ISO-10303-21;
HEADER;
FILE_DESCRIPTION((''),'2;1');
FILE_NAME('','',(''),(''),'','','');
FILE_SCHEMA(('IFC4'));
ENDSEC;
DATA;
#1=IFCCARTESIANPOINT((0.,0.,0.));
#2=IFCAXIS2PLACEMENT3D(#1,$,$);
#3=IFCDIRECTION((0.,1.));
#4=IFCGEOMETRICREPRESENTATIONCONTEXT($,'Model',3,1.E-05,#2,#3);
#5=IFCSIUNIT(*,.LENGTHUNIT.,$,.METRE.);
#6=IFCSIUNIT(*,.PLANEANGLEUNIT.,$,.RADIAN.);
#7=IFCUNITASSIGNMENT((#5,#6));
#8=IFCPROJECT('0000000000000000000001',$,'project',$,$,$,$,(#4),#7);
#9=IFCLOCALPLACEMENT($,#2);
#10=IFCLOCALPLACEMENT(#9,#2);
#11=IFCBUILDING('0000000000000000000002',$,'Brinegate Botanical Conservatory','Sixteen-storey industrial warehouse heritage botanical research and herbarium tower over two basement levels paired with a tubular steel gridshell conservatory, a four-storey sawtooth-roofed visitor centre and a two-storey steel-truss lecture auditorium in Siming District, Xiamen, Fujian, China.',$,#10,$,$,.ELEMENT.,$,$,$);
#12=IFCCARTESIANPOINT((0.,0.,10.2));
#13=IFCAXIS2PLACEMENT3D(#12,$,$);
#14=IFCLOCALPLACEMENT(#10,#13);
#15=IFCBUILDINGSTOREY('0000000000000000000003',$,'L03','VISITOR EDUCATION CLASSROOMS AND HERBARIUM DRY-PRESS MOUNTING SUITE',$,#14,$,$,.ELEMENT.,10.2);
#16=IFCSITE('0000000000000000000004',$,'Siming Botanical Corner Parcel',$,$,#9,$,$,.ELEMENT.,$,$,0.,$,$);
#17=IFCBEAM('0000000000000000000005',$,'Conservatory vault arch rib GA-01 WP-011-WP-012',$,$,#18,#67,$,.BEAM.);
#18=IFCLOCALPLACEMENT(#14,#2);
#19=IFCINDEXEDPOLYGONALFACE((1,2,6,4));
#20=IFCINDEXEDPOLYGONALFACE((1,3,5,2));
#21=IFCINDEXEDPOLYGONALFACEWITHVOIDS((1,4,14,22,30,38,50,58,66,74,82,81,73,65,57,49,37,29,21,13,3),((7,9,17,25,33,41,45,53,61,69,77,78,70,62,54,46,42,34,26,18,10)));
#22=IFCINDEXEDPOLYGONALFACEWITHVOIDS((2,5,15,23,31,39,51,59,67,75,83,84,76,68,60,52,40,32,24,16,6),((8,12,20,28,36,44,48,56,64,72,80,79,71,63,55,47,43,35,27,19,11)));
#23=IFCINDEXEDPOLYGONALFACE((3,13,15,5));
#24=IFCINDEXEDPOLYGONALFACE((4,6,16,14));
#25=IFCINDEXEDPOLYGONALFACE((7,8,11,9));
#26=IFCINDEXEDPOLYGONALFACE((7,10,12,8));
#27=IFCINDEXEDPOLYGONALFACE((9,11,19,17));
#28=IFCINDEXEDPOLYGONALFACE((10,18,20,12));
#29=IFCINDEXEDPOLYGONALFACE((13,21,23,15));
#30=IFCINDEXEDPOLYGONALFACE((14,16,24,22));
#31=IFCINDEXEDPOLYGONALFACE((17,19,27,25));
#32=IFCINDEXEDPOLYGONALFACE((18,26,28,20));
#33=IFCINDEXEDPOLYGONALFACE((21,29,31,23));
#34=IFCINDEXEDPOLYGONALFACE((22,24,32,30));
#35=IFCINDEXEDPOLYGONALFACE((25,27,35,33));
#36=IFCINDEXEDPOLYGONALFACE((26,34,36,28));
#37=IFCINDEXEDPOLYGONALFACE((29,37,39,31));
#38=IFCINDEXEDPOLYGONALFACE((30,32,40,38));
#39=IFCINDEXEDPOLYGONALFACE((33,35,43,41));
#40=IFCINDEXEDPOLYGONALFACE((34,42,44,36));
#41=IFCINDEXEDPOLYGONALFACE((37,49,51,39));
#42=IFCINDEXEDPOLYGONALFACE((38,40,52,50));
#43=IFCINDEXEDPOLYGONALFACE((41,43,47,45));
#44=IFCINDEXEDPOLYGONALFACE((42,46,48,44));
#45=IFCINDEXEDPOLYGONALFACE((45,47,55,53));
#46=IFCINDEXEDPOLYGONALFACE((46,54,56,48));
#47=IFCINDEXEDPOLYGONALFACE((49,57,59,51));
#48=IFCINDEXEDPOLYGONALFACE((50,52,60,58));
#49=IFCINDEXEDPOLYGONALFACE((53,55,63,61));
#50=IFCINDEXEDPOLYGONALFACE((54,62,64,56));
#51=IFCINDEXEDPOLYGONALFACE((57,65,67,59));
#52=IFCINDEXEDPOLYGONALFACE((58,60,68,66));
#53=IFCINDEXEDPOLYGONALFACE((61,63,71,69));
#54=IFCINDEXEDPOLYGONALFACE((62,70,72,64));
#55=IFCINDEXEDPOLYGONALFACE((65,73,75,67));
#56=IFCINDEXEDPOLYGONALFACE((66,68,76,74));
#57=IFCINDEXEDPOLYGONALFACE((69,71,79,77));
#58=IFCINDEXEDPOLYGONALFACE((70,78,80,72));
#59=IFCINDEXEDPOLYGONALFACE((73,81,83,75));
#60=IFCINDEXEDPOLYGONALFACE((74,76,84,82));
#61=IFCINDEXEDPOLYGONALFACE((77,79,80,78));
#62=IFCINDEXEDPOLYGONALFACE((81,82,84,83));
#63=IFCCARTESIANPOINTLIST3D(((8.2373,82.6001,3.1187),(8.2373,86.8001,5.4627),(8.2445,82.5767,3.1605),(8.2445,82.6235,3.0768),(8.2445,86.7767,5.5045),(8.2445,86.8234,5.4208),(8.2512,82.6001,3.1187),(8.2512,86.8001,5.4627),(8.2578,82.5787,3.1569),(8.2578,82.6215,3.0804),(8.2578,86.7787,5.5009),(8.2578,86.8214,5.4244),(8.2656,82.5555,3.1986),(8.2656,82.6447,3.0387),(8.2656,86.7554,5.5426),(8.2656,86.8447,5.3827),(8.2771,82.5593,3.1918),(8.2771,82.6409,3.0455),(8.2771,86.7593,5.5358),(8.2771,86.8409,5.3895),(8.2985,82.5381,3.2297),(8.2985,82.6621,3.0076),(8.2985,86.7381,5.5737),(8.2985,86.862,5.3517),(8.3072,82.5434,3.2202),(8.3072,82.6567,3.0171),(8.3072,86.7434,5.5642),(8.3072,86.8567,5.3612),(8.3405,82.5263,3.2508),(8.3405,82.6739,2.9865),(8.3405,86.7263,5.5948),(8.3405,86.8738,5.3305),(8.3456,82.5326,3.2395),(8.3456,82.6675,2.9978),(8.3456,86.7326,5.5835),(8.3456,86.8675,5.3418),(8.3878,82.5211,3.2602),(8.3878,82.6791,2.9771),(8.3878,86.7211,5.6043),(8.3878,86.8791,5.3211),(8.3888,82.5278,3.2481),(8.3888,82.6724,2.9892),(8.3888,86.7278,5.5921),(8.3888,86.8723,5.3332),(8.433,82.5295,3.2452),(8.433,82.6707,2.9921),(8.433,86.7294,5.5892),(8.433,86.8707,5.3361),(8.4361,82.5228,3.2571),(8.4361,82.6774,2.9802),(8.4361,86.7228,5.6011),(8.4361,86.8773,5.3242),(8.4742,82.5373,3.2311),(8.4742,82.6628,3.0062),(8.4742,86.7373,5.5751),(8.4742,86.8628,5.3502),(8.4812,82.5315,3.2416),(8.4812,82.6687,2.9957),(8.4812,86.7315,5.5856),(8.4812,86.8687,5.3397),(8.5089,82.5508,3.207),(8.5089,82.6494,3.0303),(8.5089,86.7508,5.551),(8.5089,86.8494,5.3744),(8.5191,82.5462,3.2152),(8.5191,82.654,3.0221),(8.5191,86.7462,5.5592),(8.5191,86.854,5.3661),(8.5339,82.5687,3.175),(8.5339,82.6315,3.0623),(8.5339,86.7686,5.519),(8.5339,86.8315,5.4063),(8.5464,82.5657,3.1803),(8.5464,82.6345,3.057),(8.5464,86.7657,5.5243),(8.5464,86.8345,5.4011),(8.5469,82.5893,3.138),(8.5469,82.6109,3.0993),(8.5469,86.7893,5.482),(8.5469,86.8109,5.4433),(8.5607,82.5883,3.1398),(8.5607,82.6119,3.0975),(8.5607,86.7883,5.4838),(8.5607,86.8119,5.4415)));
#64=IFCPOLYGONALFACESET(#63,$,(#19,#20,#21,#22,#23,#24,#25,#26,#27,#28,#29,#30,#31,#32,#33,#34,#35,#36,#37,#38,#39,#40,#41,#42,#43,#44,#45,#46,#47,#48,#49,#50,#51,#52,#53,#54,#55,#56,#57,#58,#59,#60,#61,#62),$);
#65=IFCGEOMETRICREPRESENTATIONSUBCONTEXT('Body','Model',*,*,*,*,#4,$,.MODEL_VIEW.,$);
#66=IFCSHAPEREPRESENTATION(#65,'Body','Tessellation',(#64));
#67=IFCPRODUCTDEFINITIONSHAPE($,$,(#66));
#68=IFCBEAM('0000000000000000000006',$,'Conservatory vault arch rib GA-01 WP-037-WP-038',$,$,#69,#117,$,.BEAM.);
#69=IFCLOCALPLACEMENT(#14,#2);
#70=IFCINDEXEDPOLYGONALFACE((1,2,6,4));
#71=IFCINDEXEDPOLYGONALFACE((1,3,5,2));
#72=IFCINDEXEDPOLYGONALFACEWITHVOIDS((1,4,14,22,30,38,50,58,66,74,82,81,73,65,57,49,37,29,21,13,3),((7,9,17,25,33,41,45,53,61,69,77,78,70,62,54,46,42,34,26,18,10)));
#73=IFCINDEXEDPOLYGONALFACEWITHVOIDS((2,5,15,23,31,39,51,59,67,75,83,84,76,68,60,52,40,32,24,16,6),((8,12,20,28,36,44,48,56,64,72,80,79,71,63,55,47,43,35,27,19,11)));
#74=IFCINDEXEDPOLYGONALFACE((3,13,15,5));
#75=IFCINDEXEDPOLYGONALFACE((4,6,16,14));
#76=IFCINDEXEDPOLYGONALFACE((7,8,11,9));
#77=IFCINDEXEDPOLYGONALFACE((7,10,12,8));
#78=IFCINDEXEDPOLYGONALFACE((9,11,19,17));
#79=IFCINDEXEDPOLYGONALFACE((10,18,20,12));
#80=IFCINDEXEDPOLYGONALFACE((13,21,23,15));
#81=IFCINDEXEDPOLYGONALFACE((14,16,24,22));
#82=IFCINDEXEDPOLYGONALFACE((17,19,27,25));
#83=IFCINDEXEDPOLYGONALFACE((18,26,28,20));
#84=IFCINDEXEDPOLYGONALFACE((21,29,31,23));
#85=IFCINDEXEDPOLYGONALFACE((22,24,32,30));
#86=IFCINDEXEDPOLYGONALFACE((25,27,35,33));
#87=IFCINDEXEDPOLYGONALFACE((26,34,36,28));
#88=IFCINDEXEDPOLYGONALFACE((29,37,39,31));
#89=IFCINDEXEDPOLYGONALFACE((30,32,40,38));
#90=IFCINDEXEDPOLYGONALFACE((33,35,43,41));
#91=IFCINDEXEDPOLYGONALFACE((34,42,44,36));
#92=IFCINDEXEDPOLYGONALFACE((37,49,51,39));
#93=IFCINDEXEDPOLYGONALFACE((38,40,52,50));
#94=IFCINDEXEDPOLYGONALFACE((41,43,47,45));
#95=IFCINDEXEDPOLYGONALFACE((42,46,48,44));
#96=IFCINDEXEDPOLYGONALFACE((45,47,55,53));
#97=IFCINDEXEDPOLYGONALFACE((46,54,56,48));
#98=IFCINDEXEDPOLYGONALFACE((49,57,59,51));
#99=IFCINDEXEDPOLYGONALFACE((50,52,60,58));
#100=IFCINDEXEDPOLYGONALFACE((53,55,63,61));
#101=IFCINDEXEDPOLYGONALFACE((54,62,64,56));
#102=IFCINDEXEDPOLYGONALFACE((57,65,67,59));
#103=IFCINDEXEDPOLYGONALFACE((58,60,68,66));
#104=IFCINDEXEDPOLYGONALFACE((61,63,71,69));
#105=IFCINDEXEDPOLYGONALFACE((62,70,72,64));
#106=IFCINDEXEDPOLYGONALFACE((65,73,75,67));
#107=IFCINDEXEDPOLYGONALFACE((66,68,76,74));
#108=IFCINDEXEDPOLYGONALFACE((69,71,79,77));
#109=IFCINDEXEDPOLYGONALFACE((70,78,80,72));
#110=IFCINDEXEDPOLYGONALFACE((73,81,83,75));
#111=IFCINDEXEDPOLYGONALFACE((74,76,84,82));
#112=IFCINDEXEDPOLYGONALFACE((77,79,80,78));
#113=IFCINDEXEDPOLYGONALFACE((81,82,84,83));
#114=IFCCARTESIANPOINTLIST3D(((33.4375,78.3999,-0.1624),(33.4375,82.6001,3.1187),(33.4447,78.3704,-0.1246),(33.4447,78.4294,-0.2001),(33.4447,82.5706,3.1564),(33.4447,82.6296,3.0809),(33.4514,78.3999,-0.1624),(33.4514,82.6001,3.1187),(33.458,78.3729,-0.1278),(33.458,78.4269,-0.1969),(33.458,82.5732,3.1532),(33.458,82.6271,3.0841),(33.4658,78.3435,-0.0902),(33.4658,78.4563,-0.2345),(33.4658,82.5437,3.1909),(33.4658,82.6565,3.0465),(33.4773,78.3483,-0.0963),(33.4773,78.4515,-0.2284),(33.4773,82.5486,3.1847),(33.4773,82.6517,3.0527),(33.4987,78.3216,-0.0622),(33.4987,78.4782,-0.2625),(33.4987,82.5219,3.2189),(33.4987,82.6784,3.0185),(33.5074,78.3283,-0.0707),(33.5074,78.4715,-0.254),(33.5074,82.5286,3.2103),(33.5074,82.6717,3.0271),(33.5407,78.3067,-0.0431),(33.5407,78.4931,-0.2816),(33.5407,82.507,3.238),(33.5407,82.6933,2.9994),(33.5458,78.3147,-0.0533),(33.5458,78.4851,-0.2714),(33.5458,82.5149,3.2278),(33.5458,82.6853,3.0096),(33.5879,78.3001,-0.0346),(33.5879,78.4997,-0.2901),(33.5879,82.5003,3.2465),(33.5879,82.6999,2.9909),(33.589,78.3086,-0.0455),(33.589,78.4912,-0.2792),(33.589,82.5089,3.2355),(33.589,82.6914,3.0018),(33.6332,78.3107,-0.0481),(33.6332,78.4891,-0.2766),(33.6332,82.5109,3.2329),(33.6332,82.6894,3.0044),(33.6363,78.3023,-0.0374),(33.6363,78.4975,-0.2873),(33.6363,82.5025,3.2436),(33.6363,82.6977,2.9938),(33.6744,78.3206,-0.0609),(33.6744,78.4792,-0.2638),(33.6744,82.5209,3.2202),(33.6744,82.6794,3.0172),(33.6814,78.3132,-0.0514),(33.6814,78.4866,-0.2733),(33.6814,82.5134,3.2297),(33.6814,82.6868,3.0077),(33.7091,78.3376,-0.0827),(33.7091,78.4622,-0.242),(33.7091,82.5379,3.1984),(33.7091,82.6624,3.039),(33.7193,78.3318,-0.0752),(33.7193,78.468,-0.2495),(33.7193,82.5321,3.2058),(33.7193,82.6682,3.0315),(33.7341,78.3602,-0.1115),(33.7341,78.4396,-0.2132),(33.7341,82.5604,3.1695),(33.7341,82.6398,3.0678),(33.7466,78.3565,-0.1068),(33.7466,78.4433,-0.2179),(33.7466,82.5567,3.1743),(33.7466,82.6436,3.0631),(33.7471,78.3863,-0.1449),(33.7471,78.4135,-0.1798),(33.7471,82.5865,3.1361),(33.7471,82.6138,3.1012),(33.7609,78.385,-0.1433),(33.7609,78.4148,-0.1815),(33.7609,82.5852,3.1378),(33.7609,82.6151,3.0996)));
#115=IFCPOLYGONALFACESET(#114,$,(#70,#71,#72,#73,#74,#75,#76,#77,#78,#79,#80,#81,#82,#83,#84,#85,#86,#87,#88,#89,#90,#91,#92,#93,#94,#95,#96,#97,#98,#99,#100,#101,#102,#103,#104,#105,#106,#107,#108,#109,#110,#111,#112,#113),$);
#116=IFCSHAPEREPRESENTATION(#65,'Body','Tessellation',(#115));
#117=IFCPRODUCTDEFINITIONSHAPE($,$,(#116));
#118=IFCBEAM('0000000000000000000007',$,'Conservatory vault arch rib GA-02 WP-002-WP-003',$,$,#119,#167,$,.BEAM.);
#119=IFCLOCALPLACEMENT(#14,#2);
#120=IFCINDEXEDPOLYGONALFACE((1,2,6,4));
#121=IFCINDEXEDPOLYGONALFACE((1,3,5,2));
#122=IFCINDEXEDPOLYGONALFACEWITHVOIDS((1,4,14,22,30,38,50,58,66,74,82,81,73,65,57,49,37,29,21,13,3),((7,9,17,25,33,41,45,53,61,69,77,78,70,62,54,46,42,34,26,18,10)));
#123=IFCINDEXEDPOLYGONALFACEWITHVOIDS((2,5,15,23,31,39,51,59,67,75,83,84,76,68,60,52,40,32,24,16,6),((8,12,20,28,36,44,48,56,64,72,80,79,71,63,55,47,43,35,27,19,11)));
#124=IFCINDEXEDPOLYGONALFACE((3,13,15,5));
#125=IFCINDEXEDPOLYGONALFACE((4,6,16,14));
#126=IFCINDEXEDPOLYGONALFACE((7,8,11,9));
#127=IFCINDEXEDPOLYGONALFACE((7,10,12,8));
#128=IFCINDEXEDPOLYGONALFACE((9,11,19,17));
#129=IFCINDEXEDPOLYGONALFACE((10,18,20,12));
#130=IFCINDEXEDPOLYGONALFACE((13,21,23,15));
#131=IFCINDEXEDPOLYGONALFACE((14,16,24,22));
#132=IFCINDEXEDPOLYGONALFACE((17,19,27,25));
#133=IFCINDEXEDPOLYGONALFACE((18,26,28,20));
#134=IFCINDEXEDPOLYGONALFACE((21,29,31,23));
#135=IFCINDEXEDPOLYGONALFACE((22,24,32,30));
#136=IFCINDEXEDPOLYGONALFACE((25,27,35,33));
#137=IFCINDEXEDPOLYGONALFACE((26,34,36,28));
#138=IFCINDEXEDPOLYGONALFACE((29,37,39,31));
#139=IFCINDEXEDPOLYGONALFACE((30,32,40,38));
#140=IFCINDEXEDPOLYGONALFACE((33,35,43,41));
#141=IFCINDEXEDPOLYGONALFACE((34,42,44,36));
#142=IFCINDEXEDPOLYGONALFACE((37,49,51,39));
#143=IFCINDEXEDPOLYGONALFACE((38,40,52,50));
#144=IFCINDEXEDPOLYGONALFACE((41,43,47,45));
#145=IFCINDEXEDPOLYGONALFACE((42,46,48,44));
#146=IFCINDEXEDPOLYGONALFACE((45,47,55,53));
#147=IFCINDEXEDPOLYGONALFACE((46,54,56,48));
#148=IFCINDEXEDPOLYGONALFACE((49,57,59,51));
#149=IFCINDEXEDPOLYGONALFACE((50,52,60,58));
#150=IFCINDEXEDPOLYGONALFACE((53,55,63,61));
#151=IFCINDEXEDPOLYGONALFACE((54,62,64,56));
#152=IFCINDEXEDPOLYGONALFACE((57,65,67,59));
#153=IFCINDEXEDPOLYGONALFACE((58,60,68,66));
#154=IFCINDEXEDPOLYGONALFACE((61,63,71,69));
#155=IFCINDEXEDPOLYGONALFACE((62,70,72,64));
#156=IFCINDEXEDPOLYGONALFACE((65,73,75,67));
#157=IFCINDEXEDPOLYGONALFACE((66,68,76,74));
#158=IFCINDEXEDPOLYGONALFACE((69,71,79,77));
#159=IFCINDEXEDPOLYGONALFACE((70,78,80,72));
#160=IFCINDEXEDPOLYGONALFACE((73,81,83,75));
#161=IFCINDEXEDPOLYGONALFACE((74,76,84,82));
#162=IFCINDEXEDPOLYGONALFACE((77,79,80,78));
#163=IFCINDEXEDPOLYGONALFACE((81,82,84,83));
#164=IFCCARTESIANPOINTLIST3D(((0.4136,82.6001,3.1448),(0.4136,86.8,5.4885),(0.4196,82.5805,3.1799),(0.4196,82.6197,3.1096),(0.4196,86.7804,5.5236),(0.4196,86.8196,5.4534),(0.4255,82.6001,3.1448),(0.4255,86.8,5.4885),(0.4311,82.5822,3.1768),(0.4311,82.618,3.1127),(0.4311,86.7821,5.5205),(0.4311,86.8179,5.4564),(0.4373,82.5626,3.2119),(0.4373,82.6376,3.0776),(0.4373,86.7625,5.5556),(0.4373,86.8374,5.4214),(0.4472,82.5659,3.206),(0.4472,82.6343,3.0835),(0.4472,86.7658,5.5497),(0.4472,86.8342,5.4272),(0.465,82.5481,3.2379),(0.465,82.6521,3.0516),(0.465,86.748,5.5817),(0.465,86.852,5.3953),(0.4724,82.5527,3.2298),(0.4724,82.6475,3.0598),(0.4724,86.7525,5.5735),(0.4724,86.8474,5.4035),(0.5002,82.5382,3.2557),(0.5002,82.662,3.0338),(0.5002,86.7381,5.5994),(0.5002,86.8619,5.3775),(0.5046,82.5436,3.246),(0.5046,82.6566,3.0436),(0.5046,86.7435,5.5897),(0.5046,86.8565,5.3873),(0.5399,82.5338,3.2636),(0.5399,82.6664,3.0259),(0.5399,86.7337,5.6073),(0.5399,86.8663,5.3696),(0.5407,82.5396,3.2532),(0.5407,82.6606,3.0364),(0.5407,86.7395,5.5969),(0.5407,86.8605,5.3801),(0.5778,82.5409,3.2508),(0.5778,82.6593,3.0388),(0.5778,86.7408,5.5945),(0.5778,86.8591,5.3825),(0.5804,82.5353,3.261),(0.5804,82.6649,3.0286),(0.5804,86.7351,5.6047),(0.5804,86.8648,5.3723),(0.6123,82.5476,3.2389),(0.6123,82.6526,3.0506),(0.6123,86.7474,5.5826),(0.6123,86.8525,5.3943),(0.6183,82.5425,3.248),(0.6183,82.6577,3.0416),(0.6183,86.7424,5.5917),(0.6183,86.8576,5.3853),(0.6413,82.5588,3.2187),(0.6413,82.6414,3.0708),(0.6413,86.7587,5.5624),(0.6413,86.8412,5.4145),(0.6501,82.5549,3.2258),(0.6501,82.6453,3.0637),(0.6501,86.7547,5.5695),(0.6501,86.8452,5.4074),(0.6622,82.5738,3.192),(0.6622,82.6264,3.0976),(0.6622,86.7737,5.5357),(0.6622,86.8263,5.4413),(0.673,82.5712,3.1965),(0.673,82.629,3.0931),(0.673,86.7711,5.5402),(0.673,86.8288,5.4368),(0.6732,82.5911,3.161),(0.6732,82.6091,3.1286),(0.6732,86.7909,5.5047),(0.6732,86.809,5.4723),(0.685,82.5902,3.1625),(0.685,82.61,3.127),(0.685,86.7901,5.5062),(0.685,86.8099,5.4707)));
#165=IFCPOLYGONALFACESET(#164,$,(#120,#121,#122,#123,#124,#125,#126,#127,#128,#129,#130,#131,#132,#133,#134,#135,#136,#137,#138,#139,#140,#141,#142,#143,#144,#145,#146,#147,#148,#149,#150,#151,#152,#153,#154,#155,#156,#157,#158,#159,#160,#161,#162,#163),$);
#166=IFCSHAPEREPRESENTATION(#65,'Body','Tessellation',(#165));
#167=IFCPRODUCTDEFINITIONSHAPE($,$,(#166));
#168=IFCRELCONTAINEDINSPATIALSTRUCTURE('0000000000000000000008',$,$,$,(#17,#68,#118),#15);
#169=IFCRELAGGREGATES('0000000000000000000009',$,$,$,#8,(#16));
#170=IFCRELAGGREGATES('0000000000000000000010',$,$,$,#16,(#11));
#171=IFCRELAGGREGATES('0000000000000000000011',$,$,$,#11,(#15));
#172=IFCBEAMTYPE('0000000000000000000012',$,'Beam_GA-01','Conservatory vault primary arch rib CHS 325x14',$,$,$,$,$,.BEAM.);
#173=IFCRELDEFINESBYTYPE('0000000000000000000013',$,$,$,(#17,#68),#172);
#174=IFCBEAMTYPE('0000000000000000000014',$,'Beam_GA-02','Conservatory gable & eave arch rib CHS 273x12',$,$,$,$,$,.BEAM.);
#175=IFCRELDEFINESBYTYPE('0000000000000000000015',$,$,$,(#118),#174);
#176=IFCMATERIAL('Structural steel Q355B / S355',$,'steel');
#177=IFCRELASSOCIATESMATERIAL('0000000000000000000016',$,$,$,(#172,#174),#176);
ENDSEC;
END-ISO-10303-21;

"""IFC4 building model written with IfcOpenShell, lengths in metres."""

from ifc_helpers import new_model, si_unit, direction, frame, origin, origin_2d, place, context, subcontext, project, spatial, hollow_circle, extrude, material, material_profile, profile_set, type_object, element, save


model = new_model("IFC4")

# Units and contexts
model_context = context("Model", 3, precision=1e-05, world=origin(), true_north=direction((0.0, 1.0)))
body_context = subcontext(model_context, "Body", "Model", "MODEL_VIEW")
ifc_project = project(units=[si_unit("LENGTHUNIT", "METRE"), si_unit("PLANEANGLEUNIT", "RADIAN")], contexts=[model_context])

# Site, building, storey
site_placement = place(None, origin())
site = spatial("IfcSite", under=ifc_project, at=site_placement, Name="Siming Botanical Corner Parcel", CompositionType="ELEMENT", RefElevation=0.0)
building_placement = place(site_placement, origin())
building = spatial("IfcBuilding", under=site, at=building_placement, Name="Brinegate Botanical Conservatory", Description="Sixteen-storey industrial warehouse heritage botanical research and herbarium tower over two basement levels paired with a tubular steel gridshell conservatory, a four-storey sawtooth-roofed visitor centre and a two-storey steel-truss lecture auditorium in Siming District, Xiamen, Fujian, China.", CompositionType="ELEMENT")
storey_placement = place(building_placement, frame((0.0, 0.0, 10.2)))
storey = spatial("IfcBuildingStorey", under=building, at=storey_placement, Name="L03", Description="VISITOR EDUCATION CLASSROOMS AND HERBARIUM DRY-PRESS MOUNTING SUITE", CompositionType="ELEMENT", Elevation=10.2)

# Beams
ifc_material_1 = material(Name="Structural steel Q355B / S355", Category="steel")
ifc_material_profile_1 = material_profile(ifc_material_1, hollow_circle(Radius=0.1626, WallThickness=0.0139, at=origin_2d()), Name="CHS 325x14")
ifc_profile_set_1 = profile_set([ifc_material_profile_1], Name="Structural steel Q355B / S355")
beam_type_1 = type_object("IfcBeamType", Name="Beam_GA-01", Description="Conservatory vault primary arch rib CHS 325x14", PredefinedType="BEAM", material=ifc_profile_set_1)
beam_1_placement = place(storey_placement, frame((8.3999, 82.6001, 3.1187), z_axis=(0.0, 0.873212, 0.48734), x_axis=(-1.0, 0.0, 0.0)))
element("IfcBeam", 1, at=beam_1_placement, inside=storey, type_object=beam_type_1, Name="Conservatory vault arch rib GA-01 WP-011-WP-012", PredefinedType="BEAM", context=body_context, shape_type="SweptSolid", body=[
    extrude(hollow_circle(Radius=0.1626, WallThickness=0.0139, at=origin_2d()), origin(), (0.0, 0.0, 1.0), 4.8098),
])
beam_2_placement = place(storey_placement, frame((33.6001, 78.3999, -0.1624), z_axis=(0.0, 0.78806, 0.615598), x_axis=(-1.0, 0.0, 0.0)))
element("IfcBeam", 2, at=beam_2_placement, inside=storey, type_object=beam_type_1, Name="Conservatory vault arch rib GA-01 WP-037-WP-038", PredefinedType="BEAM", context=body_context, shape_type="SweptSolid", body=[
    extrude(hollow_circle(Radius=0.1626, WallThickness=0.0139, at=origin_2d()), origin(), (0.0, 0.0, 1.0), 5.3298),
])
ifc_material_profile_2 = material_profile(ifc_material_1, hollow_circle(Radius=0.1365, WallThickness=0.012, at=origin_2d()), Name="CHS 273x12")
ifc_profile_set_2 = profile_set([ifc_material_profile_2], Name="Structural steel Q355B / S355")
beam_type_2 = type_object("IfcBeamType", Name="Beam_GA-02", Description="Conservatory gable & eave arch rib CHS 273x12", PredefinedType="BEAM", material=ifc_profile_set_2)
beam_3_placement = place(storey_placement, frame((0.55, 82.6001, 3.1448), z_axis=(0.0, 0.873234, 0.487301), x_axis=(-1.0, 0.0, 0.0)))
element("IfcBeam", 3, at=beam_3_placement, inside=storey, type_object=beam_type_2, Name="Conservatory vault arch rib GA-02 WP-002-WP-003", PredefinedType="BEAM", context=body_context, shape_type="SweptSolid", body=[
    extrude(hollow_circle(Radius=0.1365, WallThickness=0.012, at=origin_2d()), origin(), (0.0, 0.0, 1.0), 4.8096),
])

save(model, "model.ifc")
